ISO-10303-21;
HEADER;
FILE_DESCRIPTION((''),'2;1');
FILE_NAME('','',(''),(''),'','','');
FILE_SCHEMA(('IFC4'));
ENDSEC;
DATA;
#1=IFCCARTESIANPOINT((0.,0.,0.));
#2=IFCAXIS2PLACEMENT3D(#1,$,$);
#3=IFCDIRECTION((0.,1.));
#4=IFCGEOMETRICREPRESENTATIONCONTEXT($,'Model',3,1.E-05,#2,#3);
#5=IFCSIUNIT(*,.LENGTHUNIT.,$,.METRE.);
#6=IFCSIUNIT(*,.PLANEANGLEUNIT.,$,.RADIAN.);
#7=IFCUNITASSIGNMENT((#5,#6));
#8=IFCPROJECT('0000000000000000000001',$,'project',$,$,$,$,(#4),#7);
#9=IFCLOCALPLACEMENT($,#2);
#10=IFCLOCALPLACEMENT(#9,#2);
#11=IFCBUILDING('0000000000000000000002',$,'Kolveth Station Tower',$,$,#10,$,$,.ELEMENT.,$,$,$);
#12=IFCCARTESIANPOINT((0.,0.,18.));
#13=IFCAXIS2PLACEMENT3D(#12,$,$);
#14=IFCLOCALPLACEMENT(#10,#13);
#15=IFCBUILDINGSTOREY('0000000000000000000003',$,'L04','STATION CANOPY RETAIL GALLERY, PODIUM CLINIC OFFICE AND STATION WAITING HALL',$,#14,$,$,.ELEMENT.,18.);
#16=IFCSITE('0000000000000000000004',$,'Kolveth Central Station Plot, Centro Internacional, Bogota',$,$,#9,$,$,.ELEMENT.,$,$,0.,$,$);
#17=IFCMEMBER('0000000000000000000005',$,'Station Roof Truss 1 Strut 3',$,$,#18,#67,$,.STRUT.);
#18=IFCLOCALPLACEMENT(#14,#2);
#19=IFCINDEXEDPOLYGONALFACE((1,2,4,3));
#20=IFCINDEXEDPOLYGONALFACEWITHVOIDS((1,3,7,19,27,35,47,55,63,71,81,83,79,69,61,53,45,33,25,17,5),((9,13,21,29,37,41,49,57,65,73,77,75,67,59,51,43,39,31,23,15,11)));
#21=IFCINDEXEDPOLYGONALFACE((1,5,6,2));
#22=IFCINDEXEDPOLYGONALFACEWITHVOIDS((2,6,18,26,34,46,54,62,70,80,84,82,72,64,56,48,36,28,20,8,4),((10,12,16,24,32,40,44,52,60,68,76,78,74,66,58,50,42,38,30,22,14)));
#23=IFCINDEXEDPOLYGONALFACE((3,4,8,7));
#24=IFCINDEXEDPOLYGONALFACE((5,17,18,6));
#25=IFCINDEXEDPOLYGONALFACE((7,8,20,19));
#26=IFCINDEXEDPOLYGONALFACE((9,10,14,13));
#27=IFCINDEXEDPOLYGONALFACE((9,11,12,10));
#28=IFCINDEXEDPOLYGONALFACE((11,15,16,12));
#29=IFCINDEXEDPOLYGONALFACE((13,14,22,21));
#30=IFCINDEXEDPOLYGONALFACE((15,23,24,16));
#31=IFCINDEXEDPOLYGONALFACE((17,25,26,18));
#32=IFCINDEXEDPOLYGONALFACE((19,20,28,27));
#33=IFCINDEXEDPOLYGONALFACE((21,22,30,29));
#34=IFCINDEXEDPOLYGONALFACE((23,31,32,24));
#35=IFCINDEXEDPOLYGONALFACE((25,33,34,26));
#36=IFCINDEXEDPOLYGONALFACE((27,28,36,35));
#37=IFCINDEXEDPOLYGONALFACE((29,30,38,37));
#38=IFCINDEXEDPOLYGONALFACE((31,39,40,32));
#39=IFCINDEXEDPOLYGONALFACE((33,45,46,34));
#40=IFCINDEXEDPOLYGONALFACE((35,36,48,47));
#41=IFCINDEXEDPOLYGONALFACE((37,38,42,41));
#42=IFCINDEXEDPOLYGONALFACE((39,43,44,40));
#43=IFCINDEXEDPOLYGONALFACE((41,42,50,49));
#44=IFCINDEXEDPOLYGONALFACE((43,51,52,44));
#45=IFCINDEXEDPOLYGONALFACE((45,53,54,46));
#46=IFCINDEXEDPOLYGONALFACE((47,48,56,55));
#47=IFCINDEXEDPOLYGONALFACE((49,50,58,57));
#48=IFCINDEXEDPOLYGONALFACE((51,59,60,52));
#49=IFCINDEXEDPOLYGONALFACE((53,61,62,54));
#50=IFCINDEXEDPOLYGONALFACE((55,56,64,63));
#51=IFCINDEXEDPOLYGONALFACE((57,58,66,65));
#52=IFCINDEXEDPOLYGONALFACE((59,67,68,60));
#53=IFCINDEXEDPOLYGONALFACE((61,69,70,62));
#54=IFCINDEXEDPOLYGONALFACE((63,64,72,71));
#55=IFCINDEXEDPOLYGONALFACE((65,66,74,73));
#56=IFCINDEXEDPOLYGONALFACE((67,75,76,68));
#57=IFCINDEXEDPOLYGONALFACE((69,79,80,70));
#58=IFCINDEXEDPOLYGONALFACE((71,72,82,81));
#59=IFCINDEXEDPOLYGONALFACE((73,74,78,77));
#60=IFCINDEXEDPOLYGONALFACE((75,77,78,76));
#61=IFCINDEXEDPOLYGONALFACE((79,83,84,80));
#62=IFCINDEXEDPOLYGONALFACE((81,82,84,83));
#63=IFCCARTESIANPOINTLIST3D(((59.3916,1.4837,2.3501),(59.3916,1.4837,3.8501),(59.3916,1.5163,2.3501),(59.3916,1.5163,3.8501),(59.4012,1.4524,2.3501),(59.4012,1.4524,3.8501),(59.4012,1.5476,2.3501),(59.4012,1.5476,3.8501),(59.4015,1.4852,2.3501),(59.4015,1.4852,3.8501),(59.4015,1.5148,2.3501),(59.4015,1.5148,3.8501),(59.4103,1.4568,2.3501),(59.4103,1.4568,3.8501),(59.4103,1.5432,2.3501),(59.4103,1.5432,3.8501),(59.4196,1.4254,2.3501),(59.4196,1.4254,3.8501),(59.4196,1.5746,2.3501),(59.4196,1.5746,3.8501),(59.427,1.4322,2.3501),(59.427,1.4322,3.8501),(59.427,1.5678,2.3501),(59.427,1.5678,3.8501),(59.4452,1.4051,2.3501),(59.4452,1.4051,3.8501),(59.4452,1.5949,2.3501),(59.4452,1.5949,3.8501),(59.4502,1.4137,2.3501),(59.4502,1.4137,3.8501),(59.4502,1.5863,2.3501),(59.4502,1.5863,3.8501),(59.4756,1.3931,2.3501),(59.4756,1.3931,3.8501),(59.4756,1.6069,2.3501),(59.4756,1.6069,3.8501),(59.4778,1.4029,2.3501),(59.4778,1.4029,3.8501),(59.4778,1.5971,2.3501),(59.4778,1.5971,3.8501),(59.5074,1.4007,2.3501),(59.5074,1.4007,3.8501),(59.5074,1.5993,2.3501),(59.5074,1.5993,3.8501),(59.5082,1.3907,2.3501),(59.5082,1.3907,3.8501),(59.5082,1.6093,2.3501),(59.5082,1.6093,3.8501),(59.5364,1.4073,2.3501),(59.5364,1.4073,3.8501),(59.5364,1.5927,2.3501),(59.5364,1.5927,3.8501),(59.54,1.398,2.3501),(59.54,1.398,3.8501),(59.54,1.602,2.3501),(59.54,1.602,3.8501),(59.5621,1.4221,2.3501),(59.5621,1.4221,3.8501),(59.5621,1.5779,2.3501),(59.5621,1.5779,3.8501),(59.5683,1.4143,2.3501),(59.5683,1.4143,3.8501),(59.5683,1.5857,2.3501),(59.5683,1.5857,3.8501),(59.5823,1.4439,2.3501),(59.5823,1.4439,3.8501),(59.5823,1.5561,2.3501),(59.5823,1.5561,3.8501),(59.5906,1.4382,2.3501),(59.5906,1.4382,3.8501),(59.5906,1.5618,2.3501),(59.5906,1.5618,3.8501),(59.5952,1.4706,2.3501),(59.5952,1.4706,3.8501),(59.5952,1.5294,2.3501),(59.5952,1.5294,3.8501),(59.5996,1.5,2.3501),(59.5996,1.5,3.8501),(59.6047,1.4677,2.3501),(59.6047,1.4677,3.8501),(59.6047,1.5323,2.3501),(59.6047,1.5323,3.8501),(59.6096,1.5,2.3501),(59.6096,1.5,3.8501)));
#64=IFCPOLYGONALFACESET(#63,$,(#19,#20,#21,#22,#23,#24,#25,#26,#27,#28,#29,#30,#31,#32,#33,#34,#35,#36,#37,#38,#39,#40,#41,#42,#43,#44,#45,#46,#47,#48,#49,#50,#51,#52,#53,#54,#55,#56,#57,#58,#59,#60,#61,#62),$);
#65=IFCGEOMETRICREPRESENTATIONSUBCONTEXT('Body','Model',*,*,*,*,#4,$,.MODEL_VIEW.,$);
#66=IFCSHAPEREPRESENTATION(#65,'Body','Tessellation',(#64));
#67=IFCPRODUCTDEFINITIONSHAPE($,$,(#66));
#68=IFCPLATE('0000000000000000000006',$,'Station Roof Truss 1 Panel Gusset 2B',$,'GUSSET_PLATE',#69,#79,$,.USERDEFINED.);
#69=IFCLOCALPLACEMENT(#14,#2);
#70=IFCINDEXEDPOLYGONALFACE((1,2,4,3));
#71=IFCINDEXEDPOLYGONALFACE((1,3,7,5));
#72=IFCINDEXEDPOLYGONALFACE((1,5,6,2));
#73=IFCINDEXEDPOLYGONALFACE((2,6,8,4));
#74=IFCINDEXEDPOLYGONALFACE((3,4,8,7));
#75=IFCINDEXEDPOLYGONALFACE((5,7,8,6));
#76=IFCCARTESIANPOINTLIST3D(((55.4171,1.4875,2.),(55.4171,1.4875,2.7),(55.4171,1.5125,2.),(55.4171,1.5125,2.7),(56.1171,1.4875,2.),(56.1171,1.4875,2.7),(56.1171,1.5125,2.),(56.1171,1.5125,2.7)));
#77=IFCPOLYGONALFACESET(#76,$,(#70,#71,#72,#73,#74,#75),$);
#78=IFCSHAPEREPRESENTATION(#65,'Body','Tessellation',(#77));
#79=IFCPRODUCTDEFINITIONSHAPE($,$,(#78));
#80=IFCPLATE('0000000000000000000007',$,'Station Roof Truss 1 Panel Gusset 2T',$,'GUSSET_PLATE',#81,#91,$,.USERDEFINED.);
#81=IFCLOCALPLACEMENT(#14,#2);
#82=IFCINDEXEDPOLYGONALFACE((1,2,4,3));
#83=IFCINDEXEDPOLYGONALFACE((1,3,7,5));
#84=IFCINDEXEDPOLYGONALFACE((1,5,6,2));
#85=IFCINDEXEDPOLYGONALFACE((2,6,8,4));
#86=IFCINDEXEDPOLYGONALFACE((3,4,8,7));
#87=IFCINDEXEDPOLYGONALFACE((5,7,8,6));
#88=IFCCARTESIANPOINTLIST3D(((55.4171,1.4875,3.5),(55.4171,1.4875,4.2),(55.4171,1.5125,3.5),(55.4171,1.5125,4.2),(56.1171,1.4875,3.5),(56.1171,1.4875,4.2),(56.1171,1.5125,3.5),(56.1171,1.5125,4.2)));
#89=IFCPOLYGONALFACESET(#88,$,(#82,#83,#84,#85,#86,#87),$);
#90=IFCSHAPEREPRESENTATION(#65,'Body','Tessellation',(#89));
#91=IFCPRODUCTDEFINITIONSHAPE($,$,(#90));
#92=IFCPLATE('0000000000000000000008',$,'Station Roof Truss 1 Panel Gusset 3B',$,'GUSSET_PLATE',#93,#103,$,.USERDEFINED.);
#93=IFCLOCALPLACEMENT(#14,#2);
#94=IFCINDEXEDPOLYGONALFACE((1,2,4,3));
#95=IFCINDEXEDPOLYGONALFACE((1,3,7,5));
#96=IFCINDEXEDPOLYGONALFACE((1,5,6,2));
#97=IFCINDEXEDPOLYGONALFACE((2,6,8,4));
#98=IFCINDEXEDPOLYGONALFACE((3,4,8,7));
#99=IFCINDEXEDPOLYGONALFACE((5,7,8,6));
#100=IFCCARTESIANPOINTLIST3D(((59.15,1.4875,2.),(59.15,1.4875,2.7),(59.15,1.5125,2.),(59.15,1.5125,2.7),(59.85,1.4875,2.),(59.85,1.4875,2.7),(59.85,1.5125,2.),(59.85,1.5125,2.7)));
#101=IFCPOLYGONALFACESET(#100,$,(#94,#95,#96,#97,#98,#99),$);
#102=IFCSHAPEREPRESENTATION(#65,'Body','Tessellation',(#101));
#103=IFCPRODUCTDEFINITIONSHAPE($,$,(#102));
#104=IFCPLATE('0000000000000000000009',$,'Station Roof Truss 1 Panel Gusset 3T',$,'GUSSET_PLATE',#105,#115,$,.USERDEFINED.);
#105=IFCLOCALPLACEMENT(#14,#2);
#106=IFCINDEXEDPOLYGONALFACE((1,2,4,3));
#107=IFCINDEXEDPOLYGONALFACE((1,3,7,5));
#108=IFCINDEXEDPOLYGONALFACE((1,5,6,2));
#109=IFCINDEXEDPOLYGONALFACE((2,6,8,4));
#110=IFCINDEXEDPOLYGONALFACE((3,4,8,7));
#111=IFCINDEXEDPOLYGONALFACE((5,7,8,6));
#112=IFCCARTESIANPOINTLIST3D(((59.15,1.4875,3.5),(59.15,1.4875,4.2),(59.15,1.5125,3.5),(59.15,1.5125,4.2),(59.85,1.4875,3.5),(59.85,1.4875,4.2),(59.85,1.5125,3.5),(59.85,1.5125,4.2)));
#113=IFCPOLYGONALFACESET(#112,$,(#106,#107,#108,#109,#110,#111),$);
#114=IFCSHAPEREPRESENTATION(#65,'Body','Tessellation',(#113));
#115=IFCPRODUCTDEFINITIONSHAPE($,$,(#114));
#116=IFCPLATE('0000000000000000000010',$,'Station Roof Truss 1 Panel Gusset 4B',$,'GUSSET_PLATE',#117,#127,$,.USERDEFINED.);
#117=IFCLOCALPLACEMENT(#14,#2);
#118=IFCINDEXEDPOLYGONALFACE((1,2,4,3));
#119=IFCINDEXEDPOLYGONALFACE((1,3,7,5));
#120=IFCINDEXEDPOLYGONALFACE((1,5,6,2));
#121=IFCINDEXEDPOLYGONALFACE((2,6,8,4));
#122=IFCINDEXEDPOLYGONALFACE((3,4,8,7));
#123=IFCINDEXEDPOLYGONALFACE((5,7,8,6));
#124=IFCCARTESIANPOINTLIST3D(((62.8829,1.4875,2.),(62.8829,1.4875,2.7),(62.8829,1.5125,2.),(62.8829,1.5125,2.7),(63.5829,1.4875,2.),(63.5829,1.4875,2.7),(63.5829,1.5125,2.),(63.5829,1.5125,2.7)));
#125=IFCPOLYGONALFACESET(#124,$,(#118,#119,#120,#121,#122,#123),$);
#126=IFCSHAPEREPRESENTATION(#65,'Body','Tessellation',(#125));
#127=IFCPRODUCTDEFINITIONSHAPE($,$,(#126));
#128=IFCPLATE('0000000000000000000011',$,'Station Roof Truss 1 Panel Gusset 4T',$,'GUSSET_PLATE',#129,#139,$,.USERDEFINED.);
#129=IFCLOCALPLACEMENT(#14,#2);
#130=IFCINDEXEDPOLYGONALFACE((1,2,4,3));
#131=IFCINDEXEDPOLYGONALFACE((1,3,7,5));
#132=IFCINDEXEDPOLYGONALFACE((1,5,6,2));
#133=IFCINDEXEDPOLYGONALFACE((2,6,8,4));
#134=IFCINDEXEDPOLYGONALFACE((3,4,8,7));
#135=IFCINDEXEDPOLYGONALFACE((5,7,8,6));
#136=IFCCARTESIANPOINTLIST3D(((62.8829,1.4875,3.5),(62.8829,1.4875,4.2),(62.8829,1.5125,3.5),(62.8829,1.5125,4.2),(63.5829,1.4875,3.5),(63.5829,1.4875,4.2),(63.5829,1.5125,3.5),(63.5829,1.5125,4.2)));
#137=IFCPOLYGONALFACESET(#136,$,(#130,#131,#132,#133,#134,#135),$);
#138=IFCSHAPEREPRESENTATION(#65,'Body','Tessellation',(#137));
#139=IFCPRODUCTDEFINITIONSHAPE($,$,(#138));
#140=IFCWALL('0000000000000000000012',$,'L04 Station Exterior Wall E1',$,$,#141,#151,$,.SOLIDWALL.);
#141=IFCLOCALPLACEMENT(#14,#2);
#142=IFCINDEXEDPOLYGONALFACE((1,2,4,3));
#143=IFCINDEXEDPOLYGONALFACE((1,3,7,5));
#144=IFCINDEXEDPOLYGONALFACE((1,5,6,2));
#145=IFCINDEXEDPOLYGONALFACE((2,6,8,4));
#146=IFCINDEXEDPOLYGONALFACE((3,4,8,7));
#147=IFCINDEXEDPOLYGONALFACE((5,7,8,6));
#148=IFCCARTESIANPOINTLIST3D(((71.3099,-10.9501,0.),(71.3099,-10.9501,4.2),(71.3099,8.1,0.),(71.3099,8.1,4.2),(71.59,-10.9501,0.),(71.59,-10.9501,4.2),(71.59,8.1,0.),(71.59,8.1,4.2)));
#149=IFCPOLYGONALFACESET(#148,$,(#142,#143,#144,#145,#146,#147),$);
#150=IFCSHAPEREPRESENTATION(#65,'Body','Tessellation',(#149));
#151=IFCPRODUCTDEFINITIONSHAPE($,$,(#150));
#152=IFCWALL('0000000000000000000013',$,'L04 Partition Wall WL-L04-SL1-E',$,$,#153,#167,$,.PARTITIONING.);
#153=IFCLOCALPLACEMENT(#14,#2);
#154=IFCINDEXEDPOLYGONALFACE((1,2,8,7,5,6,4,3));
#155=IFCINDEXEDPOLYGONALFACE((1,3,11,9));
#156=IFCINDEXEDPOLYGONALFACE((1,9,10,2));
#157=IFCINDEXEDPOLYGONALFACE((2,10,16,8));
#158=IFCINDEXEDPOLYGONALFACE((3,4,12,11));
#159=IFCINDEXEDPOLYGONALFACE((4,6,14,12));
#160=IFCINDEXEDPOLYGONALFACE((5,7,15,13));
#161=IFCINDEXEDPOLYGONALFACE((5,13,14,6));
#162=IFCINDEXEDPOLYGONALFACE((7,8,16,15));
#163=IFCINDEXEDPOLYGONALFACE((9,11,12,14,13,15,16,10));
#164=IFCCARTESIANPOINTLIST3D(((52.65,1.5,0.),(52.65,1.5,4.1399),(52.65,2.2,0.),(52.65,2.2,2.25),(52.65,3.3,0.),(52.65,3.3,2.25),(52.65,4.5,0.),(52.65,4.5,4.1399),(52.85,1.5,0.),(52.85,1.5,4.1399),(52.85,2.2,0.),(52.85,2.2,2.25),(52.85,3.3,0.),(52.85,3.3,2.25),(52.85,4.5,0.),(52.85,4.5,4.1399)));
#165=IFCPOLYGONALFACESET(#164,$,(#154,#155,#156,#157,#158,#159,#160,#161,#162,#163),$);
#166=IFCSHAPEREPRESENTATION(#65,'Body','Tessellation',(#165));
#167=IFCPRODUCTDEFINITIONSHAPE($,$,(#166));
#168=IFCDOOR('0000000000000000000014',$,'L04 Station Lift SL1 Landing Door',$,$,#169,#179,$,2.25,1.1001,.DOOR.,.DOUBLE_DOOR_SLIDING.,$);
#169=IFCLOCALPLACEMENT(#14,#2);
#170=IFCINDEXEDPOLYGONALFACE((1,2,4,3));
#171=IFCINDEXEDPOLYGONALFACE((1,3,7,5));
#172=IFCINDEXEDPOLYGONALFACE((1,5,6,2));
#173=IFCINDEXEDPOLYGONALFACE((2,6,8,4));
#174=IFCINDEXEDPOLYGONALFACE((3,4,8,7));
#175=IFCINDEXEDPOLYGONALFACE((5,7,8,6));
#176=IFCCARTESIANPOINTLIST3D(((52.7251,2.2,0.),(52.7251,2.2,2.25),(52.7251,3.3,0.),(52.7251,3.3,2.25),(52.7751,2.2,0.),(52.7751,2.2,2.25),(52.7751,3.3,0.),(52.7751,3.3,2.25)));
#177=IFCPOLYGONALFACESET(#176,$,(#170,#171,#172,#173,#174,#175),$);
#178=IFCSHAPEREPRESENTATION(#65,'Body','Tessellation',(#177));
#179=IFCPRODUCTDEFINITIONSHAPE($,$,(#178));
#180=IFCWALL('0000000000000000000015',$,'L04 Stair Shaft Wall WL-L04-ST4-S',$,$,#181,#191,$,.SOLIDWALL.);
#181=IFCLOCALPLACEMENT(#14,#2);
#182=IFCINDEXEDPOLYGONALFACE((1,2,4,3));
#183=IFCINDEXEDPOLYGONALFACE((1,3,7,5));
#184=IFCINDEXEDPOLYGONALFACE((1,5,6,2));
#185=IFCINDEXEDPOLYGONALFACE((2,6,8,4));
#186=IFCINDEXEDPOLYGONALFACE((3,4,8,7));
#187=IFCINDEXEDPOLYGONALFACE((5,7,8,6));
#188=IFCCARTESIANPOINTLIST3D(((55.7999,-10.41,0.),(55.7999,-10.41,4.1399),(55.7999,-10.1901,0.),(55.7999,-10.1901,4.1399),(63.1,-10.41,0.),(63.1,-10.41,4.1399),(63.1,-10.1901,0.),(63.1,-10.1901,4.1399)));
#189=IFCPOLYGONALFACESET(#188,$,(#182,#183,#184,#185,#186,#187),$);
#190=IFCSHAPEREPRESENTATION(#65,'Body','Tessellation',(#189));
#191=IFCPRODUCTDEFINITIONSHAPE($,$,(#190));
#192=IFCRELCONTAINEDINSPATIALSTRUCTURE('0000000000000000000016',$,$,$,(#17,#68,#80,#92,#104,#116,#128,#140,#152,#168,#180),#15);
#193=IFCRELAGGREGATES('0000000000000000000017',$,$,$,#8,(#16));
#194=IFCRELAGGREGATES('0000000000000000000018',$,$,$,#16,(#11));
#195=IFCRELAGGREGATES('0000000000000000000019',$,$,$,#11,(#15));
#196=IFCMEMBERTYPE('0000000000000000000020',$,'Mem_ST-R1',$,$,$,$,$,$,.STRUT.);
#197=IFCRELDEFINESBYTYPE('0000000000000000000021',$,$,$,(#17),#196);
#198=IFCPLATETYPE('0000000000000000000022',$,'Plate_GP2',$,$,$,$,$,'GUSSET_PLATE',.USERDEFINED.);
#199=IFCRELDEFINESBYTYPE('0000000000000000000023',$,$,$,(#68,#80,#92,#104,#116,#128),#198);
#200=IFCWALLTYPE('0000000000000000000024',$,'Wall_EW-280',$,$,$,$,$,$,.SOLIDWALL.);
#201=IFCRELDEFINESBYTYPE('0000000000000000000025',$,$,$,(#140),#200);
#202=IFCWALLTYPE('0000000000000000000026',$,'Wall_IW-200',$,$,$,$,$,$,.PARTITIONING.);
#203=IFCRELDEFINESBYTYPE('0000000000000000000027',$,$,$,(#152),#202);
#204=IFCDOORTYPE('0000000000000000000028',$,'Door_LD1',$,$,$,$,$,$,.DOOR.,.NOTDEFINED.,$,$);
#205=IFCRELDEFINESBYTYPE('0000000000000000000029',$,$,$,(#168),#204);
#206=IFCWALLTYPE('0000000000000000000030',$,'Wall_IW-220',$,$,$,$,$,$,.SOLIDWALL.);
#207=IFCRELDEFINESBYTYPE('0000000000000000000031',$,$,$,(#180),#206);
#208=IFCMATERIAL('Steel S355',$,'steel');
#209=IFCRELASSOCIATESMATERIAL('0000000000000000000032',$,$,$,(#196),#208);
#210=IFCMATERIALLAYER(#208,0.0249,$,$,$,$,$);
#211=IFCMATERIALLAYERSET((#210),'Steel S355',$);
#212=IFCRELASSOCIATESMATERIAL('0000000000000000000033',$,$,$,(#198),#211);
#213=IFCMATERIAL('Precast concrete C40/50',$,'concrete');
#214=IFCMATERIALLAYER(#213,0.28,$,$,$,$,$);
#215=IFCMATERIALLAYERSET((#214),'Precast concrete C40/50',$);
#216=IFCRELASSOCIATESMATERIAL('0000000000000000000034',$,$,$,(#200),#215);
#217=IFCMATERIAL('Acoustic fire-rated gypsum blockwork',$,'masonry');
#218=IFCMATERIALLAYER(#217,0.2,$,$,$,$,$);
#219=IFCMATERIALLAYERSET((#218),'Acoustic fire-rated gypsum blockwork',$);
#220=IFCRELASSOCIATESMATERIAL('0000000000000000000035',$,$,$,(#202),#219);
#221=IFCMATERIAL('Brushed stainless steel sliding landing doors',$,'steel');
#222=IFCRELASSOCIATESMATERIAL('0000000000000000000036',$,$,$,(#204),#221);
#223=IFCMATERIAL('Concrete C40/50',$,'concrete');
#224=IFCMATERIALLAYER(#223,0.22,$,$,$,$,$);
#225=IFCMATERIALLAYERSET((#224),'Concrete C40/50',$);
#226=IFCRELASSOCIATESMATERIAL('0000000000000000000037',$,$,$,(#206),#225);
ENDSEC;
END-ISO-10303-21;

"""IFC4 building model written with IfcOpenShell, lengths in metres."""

from ifc_helpers import new_model, si_unit, direction, frame, frame_2d, origin, origin_2d, place, context, subcontext, project, spatial, rectangle, hollow_circle, extrude, source, transform, mapped, material, layer, layer_set, material_profile, profile_set, type_object, element, fill, save


model = new_model("IFC4")

# Units and contexts
model_context = context("Model", 3, precision=1e-05, world=origin(), true_north=direction((0.0, 1.0)))
body_context = subcontext(model_context, "Body", "Model", "MODEL_VIEW")
ifc_project = project(units=[si_unit("LENGTHUNIT", "METRE"), si_unit("PLANEANGLEUNIT", "RADIAN")], contexts=[model_context])

# Site, building, storey
site_placement = place(None, origin())
site = spatial("IfcSite", under=ifc_project, at=site_placement, Name="Kolveth Central Station Plot, Centro Internacional, Bogota", CompositionType="ELEMENT", RefElevation=0.0)
building_placement = place(site_placement, origin())
building = spatial("IfcBuilding", under=site, at=building_placement, Name="Kolveth Station Tower", CompositionType="ELEMENT")
storey_placement = place(building_placement, frame((0.0, 0.0, 18.0)))
storey = spatial("IfcBuildingStorey", under=building, at=storey_placement, Name="L04", Description="STATION CANOPY RETAIL GALLERY, PODIUM CLINIC OFFICE AND STATION WAITING HALL", CompositionType="ELEMENT", Elevation=18.0)

# Shared definitions
ifc_material_1 = material(Name="Steel S355", Category="steel")

# Member
ifc_material_profile_1 = material_profile(ifc_material_1, hollow_circle(Radius=0.1096, WallThickness=0.01, at=origin_2d()), Name="CHS219x10")
ifc_profile_set_1 = profile_set([ifc_material_profile_1], Name="Steel S355")
member_type_1 = type_object("IfcMemberType", Name="Mem_ST-R1", PredefinedType="STRUT", material=ifc_profile_set_1)
shared_shape_1 = source(origin(), body_context, "Body", "SweptSolid", [
    extrude(hollow_circle(Radius=0.1096, WallThickness=0.01, at=origin_2d()), origin(), (0.0, 0.0, 1.0), 1.5),
])
for number, where, z_axis, x_axis, name in (
    (1, (59.5, 1.5, 2.3501), (0.0, 0.0, 1.0), (1.0, 0.0, 0.0), "Station Roof Truss 1 Strut 3"),
):
    element("IfcMember", number, at=place(storey_placement, frame(where, z_axis=z_axis, x_axis=x_axis)), inside=storey, type_object=member_type_1, Name=name, PredefinedType="STRUT", context=body_context, shape_type="MappedRepresentation", body=[
        mapped(shared_shape_1, transform((0.0, 0.0, 0.0), x_axis=(1.0, 0.0, 0.0), y_axis=(0.0, 1.0, 0.0), z_axis=(0.0, 0.0, 1.0), scale=1.0)),
    ])

# Plates
ifc_layer_1 = layer(ifc_material_1, 0.0249)
ifc_layer_set_1 = layer_set([ifc_layer_1], Name="Steel S355")
plate_type = type_object("IfcPlateType", Name="Plate_GP2", ElementType="GUSSET_PLATE", PredefinedType="USERDEFINED", material=ifc_layer_set_1)
shared_shape_2 = source(origin(), body_context, "Body", "SweptSolid", [
    extrude(rectangle(XDim=0.7, YDim=0.0249, at=origin_2d()), origin(), (0.0, 0.0, 1.0), 0.7),
])
for number, where, z_axis, x_axis, name in (
    (2, (55.7671, 1.5, 2.0), (0.0, 0.0, 1.0), (1.0, 0.0, 0.0), "Station Roof Truss 1 Panel Gusset 2B"),
    (3, (55.7671, 1.5, 3.5), (0.0, 0.0, 1.0), (1.0, 0.0, 0.0), "Station Roof Truss 1 Panel Gusset 2T"),
    (4, (59.5, 1.5, 2.0), (0.0, 0.0, 1.0), (1.0, 0.0, 0.0), "Station Roof Truss 1 Panel Gusset 3B"),
    (5, (59.5, 1.5, 3.5), (0.0, 0.0, 1.0), (1.0, 0.0, 0.0), "Station Roof Truss 1 Panel Gusset 3T"),
    (6, (63.2329, 1.5, 2.0), (0.0, 0.0, 1.0), (1.0, 0.0, 0.0), "Station Roof Truss 1 Panel Gusset 4B"),
    (7, (63.2329, 1.5, 3.5), (0.0, 0.0, 1.0), (1.0, 0.0, 0.0), "Station Roof Truss 1 Panel Gusset 4T"),
):
    element("IfcPlate", number, at=place(storey_placement, frame(where, z_axis=z_axis, x_axis=x_axis)), inside=storey, type_object=plate_type, Name=name, ObjectType="GUSSET_PLATE", PredefinedType="USERDEFINED", context=body_context, shape_type="MappedRepresentation", body=[
        mapped(shared_shape_2, transform((0.0, 0.0, 0.0), x_axis=(1.0, 0.0, 0.0), y_axis=(0.0, 1.0, 0.0), z_axis=(0.0, 0.0, 1.0), scale=1.0)),
    ])

# Wall
ifc_material_2 = material(Name="Precast concrete C40/50", Category="concrete")
ifc_layer_2 = layer(ifc_material_2, 0.28)
ifc_layer_set_2 = layer_set([ifc_layer_2], Name="Precast concrete C40/50")
wall_type_1 = type_object("IfcWallType", Name="Wall_EW-280", PredefinedType="SOLIDWALL", material=ifc_layer_set_2)
wall_1_placement = place(storey_placement, frame((71.45, -10.95, 0.0), z_axis=(0.0, 0.0, 1.0), x_axis=(0.0, 1.0, 0.0)))
element("IfcWall", 8, at=wall_1_placement, inside=storey, type_object=wall_type_1, Name="L04 Station Exterior Wall E1", PredefinedType="SOLIDWALL", context=body_context, shape_type="SweptSolid", body=[
    extrude(rectangle(XDim=19.05, YDim=0.28, at=frame_2d((9.5249, 0.0))), origin(), (0.0, 0.0, 1.0), 4.2),
])

# Wall, opening, door
ifc_material_3 = material(Name="Acoustic fire-rated gypsum blockwork", Category="masonry")
ifc_layer_3 = layer(ifc_material_3, 0.2)
ifc_layer_set_3 = layer_set([ifc_layer_3], Name="Acoustic fire-rated gypsum blockwork")
wall_type_2 = type_object("IfcWallType", Name="Wall_IW-200", PredefinedType="PARTITIONING", material=ifc_layer_set_3)
wall_2_placement = place(storey_placement, frame((52.75, 1.5, 0.0), z_axis=(0.0, 0.0, 1.0), x_axis=(0.0, 1.0, 0.0)))
wall_2 = element("IfcWall", 9, at=wall_2_placement, inside=storey, type_object=wall_type_2, Name="L04 Partition Wall WL-L04-SL1-E", PredefinedType="PARTITIONING", context=body_context, shape_type="SweptSolid", body=[
    extrude(rectangle(XDim=3.0, YDim=0.2, at=frame_2d((1.5, 0.0))), origin(), (0.0, 0.0, 1.0), 4.1399),
])
opening_1_placement = place(wall_2_placement, frame((0.7, 0.0, 0.0)))
opening_1 = element("IfcOpeningElement", 10, at=opening_1_placement, cuts=wall_2, PredefinedType="OPENING", context=body_context, shape_type="SweptSolid", body=[
    extrude(rectangle(XDim=1.1001, YDim=2.25, at=frame_2d((0.55, 1.125))), frame((0.0, 0.1099, 0.0), z_axis=(0.0, -1.0, 0.0), x_axis=(1.0, 0.0, 0.0)), (0.0, 0.0, 1.0), 0.22),
])
ifc_material_4 = material(Name="Brushed stainless steel sliding landing doors", Category="steel")
door_type_1 = type_object("IfcDoorType", Name="Door_LD1", OperationType="NOTDEFINED", PredefinedType="DOOR", material=ifc_material_4)
door_1_placement = place(opening_1_placement, origin())
door_1 = element("IfcDoor", 11, at=door_1_placement, inside=storey, type_object=door_type_1, Name="L04 Station Lift SL1 Landing Door", OperationType="DOUBLE_DOOR_SLIDING", OverallHeight=2.25, OverallWidth=1.1001, PredefinedType="DOOR", context=body_context, shape_type="SweptSolid", body=[
    extrude(rectangle(XDim=1.1001, YDim=2.25, at=frame_2d((0.55, 1.125))), frame((0.0, 0.0249, 0.0), z_axis=(0.0, -1.0, 0.0), x_axis=(1.0, 0.0, 0.0)), (0.0, 0.0, 1.0), 0.05),
])
fill(opening_1, door_1)

# Wall
ifc_material_5 = material(Name="Concrete C40/50", Category="concrete")
ifc_layer_4 = layer(ifc_material_5, 0.22)
ifc_layer_set_4 = layer_set([ifc_layer_4], Name="Concrete C40/50")
wall_type_3 = type_object("IfcWallType", Name="Wall_IW-220", PredefinedType="SOLIDWALL", material=ifc_layer_set_4)
wall_3_placement = place(storey_placement, frame((55.8, -10.3, 0.0), z_axis=(0.0, 0.0, 1.0), x_axis=(1.0, 0.0, 0.0)))
element("IfcWall", 12, at=wall_3_placement, inside=storey, type_object=wall_type_3, Name="L04 Stair Shaft Wall WL-L04-ST4-S", PredefinedType="SOLIDWALL", context=body_context, shape_type="SweptSolid", body=[
    extrude(rectangle(XDim=7.3, YDim=0.22, at=frame_2d((3.6499, 0.0))), origin(), (0.0, 0.0, 1.0), 4.1399),
])

save(model, "model.ifc")
